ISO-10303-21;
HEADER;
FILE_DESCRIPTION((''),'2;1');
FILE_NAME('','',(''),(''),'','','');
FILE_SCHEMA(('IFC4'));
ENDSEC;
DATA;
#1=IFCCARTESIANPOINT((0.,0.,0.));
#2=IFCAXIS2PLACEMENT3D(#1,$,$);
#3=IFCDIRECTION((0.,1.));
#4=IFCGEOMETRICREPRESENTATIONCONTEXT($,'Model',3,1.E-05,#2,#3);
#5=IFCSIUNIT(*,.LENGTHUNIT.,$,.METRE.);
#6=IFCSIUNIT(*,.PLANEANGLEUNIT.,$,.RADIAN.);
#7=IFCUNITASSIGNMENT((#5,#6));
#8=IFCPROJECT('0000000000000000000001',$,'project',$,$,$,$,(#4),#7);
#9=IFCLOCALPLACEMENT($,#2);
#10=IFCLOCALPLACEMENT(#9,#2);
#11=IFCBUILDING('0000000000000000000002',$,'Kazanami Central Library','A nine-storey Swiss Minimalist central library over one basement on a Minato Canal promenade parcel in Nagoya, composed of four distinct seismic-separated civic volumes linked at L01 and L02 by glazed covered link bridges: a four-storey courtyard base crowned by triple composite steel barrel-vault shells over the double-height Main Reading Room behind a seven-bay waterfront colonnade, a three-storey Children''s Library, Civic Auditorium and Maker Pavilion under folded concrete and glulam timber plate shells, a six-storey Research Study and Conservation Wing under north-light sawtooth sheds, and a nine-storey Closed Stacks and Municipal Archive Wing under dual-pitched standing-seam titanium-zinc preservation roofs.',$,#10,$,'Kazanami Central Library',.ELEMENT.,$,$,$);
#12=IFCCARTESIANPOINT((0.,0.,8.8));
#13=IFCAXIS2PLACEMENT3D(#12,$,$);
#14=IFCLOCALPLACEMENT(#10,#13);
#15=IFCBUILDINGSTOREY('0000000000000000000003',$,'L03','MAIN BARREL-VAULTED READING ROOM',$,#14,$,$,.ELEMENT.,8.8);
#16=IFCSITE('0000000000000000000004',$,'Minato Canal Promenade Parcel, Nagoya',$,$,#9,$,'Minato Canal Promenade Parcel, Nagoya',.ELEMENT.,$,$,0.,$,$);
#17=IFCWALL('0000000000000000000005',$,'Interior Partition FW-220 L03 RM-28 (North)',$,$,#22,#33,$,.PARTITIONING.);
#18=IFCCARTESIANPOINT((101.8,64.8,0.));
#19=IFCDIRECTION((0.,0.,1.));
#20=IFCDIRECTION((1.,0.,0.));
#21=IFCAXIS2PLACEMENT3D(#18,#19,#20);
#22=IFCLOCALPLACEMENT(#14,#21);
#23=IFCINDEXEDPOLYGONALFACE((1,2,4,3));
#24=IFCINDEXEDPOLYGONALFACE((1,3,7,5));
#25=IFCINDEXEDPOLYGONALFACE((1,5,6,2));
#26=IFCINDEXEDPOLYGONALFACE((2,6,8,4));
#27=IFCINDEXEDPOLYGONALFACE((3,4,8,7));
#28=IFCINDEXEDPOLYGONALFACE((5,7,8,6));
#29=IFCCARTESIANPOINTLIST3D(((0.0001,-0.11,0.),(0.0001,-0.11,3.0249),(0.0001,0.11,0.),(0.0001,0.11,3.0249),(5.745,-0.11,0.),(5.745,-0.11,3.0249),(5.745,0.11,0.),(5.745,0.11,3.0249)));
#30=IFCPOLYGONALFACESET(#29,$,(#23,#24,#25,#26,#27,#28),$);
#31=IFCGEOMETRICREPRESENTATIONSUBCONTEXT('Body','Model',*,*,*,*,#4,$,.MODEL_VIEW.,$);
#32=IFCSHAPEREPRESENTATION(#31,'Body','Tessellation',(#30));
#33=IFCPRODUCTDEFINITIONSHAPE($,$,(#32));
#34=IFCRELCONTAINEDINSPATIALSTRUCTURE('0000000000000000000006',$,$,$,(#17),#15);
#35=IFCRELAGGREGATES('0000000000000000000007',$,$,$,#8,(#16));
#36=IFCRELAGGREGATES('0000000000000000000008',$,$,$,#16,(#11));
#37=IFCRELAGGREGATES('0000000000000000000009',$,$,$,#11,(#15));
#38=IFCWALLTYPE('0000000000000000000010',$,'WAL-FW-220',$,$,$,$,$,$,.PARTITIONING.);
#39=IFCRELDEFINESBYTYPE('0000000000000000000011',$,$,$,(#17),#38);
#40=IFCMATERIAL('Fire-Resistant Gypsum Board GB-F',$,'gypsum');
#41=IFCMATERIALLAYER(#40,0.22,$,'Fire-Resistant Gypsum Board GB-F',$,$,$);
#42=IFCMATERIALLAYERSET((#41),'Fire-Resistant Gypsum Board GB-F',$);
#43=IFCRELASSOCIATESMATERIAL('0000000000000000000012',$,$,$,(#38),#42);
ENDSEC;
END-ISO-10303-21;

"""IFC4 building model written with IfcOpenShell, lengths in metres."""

from ifc_helpers import new_model, si_unit, direction, frame, frame_2d, origin, place, context, subcontext, project, spatial, rectangle, extrude, material, layer, layer_set, type_object, element, save


model = new_model("IFC4")

# Units and contexts
model_context = context("Model", 3, precision=1e-05, world=origin(), true_north=direction((0.0, 1.0)))
body_context = subcontext(model_context, "Body", "Model", "MODEL_VIEW")
ifc_project = project(units=[si_unit("LENGTHUNIT", "METRE"), si_unit("PLANEANGLEUNIT", "RADIAN")], contexts=[model_context])

# Site, building, storey
site_placement = place(None, origin())
site = spatial("IfcSite", under=ifc_project, at=site_placement, Name="Minato Canal Promenade Parcel, Nagoya", LongName="Minato Canal Promenade Parcel, Nagoya", CompositionType="ELEMENT", RefElevation=0.0)
building_placement = place(site_placement, origin())
building = spatial("IfcBuilding", under=site, at=building_placement, Name="Kazanami Central Library", Description="A nine-storey Swiss Minimalist central library over one basement on a Minato Canal promenade parcel in Nagoya, composed of four distinct seismic-separated civic volumes linked at L01 and L02 by glazed covered link bridges: a four-storey courtyard base crowned by triple composite steel barrel-vault shells over the double-height Main Reading Room behind a seven-bay waterfront colonnade, a three-storey Children's Library, Civic Auditorium and Maker Pavilion under folded concrete and glulam timber plate shells, a six-storey Research Study and Conservation Wing under north-light sawtooth sheds, and a nine-storey Closed Stacks and Municipal Archive Wing under dual-pitched standing-seam titanium-zinc preservation roofs.", LongName="Kazanami Central Library", CompositionType="ELEMENT")
storey_placement = place(building_placement, frame((0.0, 0.0, 8.8)))
storey = spatial("IfcBuildingStorey", under=building, at=storey_placement, Name="L03", Description="MAIN BARREL-VAULTED READING ROOM", CompositionType="ELEMENT", Elevation=8.8)

# Wall
ifc_material_1 = material(Name="Fire-Resistant Gypsum Board GB-F", Category="gypsum")
ifc_layer_1 = layer(ifc_material_1, 0.22, Name="Fire-Resistant Gypsum Board GB-F")
ifc_layer_set_1 = layer_set([ifc_layer_1], Name="Fire-Resistant Gypsum Board GB-F")
wall_type_1 = type_object("IfcWallType", Name="WAL-FW-220", PredefinedType="PARTITIONING", material=ifc_layer_set_1)
wall_1_placement = place(storey_placement, frame((101.8, 64.8, 0.0), z_axis=(0.0, 0.0, 1.0), x_axis=(1.0, 0.0, 0.0)))
element("IfcWall", 1, at=wall_1_placement, inside=storey, type_object=wall_type_1, Name="Interior Partition FW-220 L03 RM-28 (North)", PredefinedType="PARTITIONING", context=body_context, shape_type="SweptSolid", body=[
    extrude(rectangle(XDim=5.7449, YDim=0.22, at=frame_2d((2.8726, 0.0))), origin(), (0.0, 0.0, 1.0), 3.0249),
])

save(model, "model.ifc")
